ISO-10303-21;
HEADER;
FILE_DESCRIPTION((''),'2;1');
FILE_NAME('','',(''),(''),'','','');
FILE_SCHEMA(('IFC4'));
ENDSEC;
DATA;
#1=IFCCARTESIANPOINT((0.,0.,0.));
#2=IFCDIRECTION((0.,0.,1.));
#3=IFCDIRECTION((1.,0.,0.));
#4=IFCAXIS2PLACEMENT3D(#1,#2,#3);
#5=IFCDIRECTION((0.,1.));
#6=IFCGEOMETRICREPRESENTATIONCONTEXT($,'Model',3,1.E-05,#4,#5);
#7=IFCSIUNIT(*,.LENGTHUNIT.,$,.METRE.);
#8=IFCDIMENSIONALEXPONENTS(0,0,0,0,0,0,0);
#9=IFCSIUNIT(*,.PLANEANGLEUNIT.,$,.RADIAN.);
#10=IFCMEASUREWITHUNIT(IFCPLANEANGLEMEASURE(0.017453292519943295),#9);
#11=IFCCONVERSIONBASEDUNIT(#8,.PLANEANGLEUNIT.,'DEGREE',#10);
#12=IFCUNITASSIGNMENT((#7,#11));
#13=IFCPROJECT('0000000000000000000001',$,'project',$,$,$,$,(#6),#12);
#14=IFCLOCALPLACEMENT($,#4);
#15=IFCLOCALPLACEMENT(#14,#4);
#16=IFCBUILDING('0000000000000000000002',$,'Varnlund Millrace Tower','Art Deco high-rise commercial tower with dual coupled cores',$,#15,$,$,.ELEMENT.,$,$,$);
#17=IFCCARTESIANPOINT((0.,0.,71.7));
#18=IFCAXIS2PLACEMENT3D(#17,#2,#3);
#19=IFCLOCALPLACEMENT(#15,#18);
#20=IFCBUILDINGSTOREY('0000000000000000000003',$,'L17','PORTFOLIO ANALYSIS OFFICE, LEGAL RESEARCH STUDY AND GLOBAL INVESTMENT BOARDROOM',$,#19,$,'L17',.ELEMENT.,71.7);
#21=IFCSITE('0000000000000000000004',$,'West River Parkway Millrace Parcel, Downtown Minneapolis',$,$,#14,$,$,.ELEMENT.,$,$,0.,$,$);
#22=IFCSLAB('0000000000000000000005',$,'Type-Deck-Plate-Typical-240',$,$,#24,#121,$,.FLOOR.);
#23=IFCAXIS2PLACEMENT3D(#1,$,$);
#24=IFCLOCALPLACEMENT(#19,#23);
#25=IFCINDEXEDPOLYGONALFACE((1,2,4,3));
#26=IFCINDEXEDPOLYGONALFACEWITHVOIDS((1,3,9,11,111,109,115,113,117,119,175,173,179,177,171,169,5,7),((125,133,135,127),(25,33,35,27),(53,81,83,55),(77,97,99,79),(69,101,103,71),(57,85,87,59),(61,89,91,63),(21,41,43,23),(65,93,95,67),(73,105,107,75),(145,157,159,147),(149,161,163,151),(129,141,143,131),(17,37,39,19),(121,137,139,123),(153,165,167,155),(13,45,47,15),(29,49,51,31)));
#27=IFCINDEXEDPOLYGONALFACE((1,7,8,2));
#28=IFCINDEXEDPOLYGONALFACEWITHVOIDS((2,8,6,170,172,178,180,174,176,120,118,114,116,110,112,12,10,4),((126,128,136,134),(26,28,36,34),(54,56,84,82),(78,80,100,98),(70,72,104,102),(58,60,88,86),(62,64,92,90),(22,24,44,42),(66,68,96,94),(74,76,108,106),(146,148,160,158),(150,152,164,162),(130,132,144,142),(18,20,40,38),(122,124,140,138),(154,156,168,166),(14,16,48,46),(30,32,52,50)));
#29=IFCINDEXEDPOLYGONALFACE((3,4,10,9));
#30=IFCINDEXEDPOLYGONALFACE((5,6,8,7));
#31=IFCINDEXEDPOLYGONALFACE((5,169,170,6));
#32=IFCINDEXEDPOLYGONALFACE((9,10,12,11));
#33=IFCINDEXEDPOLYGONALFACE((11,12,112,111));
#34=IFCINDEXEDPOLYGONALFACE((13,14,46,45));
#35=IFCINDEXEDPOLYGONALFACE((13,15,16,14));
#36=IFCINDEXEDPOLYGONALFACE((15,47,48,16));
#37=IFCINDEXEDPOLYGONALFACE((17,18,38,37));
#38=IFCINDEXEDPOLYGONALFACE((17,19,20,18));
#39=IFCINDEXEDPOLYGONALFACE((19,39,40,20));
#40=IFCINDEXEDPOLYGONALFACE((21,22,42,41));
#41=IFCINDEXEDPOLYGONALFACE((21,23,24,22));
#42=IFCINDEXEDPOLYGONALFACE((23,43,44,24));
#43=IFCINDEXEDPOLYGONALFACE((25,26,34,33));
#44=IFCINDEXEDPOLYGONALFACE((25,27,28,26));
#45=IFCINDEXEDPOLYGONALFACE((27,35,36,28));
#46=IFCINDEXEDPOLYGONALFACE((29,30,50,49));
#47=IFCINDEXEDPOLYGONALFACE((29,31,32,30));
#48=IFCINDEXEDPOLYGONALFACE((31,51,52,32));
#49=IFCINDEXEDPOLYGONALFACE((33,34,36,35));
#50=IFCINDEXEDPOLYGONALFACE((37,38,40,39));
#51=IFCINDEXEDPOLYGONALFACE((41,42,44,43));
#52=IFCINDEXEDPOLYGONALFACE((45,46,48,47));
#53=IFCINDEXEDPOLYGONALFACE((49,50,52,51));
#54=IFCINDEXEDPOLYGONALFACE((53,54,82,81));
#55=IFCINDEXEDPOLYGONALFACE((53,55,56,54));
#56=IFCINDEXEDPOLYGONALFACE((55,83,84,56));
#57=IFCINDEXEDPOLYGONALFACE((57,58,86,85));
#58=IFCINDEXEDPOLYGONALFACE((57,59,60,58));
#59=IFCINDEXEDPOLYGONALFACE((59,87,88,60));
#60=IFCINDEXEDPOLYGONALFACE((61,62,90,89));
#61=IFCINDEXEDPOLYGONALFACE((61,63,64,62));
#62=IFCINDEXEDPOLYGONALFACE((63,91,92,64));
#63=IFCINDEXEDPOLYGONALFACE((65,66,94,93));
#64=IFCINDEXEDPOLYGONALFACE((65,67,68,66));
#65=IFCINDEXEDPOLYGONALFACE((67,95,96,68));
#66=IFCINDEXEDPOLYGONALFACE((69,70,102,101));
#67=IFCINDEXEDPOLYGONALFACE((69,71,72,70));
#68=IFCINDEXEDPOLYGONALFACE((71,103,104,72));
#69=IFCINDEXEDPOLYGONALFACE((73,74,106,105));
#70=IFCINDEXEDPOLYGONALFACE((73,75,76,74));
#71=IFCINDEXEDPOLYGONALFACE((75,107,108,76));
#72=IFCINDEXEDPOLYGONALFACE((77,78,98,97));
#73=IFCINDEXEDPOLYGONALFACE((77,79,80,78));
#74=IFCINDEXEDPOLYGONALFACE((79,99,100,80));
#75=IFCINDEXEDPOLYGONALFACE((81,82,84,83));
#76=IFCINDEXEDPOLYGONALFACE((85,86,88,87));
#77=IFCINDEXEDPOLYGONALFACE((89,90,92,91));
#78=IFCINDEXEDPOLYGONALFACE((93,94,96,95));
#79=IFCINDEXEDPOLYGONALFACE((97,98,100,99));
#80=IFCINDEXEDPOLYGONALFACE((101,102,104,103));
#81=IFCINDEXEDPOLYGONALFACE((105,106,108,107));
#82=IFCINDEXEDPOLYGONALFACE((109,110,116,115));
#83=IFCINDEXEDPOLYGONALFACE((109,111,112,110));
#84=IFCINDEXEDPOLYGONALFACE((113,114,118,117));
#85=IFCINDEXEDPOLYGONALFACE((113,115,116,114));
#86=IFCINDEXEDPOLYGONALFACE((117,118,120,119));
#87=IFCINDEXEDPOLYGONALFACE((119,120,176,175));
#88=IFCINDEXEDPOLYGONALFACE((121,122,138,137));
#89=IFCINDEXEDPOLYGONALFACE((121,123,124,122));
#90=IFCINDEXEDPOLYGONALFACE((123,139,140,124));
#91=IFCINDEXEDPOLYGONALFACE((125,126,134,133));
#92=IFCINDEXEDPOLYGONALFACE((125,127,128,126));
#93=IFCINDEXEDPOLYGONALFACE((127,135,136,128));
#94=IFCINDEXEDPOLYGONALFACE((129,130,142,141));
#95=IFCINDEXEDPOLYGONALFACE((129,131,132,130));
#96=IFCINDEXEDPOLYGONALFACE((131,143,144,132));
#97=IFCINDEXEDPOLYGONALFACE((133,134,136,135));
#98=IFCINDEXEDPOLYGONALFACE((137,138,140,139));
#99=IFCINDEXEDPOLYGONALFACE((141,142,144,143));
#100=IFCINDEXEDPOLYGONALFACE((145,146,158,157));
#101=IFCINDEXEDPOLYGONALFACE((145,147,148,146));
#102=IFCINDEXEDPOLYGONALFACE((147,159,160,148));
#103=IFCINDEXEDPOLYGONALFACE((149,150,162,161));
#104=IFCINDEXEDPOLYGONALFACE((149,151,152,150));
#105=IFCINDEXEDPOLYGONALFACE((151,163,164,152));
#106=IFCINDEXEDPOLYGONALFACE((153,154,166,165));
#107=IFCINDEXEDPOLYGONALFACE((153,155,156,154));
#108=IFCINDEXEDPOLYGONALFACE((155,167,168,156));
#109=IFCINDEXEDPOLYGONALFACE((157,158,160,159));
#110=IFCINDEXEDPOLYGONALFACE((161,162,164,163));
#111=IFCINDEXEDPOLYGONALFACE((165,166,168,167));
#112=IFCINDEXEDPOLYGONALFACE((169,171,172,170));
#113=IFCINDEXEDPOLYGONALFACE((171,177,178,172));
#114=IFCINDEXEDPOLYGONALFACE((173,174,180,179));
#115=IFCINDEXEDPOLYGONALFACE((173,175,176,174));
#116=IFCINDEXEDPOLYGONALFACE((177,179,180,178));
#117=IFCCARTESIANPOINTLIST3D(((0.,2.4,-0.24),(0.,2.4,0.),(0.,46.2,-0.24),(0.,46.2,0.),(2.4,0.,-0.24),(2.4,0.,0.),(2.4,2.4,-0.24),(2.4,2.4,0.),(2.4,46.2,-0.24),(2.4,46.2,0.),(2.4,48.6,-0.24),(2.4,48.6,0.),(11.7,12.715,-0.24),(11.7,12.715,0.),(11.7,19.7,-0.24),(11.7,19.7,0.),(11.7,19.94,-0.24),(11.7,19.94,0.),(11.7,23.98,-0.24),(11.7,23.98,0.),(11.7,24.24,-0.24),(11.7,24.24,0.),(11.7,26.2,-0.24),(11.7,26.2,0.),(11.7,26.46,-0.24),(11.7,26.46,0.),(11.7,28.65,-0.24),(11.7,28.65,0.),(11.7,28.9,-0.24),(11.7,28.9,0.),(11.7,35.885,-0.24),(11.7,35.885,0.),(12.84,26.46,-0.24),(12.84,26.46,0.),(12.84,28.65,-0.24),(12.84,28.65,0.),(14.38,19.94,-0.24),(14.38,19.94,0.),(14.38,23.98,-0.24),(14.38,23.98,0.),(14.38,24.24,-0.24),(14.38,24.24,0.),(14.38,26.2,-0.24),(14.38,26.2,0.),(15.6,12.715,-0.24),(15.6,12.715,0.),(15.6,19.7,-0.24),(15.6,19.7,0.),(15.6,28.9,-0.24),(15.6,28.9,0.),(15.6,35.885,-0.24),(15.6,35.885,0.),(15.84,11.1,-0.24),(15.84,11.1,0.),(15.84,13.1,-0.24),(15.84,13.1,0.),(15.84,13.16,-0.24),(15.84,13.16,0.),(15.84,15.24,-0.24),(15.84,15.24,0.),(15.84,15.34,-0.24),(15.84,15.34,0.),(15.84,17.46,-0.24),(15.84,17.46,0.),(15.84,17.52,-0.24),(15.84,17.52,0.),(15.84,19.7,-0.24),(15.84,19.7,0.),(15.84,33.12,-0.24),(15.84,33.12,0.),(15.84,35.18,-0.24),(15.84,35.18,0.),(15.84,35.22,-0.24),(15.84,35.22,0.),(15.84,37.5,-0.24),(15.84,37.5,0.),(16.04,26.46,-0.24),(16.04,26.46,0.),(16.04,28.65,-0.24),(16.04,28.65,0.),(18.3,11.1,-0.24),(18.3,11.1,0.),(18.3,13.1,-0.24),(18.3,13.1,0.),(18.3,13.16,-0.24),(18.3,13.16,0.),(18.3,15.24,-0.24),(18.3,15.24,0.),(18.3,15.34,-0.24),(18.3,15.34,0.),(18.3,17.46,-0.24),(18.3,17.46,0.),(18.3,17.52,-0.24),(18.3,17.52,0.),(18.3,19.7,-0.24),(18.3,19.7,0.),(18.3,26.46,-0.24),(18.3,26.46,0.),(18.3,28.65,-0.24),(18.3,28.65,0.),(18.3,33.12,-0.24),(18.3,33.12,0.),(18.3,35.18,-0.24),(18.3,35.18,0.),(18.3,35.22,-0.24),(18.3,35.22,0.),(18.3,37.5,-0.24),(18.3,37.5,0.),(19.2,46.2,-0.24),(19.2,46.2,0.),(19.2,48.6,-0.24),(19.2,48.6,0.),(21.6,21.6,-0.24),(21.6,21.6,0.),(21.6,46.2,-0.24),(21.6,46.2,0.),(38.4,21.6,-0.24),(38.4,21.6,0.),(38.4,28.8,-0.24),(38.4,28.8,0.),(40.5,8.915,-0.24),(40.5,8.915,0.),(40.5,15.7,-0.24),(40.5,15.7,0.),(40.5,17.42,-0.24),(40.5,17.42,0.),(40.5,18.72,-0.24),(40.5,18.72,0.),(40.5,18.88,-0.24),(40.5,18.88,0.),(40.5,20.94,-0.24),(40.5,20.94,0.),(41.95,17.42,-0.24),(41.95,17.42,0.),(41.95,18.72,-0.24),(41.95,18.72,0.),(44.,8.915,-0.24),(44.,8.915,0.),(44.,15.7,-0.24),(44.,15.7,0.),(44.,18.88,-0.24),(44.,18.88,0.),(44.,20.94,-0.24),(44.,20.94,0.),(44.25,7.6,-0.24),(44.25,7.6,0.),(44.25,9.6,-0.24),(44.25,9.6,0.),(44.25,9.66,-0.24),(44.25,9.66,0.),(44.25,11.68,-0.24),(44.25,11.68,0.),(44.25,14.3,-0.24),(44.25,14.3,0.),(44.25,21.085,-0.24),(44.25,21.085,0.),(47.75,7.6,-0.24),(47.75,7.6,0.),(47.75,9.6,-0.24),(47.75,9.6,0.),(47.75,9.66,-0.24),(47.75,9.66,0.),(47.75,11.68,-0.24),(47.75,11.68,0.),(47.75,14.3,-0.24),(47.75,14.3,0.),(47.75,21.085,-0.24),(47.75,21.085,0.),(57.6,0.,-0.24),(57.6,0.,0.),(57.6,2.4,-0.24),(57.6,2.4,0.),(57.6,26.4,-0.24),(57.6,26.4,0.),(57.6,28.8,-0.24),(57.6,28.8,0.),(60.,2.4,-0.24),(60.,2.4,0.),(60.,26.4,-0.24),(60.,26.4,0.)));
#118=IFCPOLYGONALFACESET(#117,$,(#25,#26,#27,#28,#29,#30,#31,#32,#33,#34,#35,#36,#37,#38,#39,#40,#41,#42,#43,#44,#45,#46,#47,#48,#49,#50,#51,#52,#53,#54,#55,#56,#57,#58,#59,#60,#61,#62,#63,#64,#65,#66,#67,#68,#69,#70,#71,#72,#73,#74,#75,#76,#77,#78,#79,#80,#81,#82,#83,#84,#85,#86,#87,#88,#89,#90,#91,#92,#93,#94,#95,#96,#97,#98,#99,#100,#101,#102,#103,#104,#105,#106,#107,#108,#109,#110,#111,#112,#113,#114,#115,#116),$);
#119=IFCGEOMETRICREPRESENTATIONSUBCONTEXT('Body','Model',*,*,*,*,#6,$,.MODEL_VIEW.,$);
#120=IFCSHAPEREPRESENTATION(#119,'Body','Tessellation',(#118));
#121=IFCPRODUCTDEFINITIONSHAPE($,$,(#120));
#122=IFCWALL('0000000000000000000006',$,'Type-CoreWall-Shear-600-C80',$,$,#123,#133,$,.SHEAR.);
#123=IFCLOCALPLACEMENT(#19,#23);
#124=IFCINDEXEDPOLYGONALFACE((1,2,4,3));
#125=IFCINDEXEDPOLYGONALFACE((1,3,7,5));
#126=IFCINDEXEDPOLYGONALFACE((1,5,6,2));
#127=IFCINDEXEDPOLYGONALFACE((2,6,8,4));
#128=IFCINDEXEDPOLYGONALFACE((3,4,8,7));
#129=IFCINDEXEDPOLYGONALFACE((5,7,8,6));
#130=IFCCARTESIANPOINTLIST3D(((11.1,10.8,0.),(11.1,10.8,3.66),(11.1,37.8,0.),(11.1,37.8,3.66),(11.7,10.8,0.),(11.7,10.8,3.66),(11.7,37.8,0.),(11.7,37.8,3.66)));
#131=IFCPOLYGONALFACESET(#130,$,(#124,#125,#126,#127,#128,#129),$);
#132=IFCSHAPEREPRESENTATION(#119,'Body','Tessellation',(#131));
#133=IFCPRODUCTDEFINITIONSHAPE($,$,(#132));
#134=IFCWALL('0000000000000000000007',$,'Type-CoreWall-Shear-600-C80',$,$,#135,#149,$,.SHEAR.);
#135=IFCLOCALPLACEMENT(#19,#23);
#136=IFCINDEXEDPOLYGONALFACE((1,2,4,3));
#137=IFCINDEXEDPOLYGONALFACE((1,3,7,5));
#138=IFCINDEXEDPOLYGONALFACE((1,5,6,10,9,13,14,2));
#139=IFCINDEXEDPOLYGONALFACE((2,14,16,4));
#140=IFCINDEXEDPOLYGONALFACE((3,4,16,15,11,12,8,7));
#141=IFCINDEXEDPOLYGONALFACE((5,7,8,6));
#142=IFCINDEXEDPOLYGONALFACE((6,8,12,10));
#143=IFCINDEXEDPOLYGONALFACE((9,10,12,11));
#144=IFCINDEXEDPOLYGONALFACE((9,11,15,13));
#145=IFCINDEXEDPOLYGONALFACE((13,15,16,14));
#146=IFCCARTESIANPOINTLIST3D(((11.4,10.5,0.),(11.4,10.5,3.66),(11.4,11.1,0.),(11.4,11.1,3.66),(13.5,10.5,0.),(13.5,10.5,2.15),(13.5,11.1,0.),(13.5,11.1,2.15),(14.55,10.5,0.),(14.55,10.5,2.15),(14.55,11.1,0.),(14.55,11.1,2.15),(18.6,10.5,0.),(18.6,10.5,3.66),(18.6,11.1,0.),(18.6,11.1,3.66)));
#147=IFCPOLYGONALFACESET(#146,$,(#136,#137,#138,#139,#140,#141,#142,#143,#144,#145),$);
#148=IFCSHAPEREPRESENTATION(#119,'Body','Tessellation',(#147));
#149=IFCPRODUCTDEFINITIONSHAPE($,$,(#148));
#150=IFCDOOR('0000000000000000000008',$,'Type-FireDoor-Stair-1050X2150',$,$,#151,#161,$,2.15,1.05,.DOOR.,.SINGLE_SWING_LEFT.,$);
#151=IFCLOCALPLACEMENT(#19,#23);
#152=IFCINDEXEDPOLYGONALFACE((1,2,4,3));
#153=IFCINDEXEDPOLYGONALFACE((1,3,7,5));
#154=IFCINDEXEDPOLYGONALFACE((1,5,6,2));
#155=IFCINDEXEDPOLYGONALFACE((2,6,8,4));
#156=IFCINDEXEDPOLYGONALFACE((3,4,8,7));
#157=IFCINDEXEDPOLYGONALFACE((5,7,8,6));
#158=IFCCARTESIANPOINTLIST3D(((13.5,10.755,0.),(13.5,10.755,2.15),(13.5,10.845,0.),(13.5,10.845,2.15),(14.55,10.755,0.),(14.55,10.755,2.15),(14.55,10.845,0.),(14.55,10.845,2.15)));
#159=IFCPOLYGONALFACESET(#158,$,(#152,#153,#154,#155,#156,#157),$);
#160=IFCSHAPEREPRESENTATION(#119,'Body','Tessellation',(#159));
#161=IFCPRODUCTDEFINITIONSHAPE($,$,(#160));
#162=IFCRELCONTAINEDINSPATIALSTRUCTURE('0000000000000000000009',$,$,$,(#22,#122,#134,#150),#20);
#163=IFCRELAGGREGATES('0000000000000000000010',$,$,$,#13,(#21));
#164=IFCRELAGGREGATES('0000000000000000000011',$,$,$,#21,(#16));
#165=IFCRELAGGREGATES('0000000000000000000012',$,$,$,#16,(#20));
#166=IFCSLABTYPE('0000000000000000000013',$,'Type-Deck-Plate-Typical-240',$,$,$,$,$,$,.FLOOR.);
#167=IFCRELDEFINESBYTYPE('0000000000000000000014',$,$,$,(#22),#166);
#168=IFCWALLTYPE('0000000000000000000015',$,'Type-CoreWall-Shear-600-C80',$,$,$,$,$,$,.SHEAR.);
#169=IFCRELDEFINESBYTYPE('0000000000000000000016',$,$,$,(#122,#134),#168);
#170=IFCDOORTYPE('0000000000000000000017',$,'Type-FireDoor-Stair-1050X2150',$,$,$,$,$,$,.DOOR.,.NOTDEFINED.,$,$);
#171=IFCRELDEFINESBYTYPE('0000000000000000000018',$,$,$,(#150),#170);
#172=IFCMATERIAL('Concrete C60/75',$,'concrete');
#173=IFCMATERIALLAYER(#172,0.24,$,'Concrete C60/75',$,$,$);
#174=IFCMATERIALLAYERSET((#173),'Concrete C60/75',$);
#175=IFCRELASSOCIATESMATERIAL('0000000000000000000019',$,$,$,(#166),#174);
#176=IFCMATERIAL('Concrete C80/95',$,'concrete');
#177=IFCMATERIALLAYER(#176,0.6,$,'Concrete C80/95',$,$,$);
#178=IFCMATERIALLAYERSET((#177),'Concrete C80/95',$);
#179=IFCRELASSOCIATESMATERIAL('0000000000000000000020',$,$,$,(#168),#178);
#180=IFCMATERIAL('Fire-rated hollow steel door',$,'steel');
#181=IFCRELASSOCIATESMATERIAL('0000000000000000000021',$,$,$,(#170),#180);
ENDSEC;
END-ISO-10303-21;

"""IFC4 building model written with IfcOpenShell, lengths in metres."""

from ifc_helpers import new_model, entity, si_unit, converted_unit, direction, frame, origin_with_axes, origin_2d_with_axis, place, context, subcontext, project, spatial, polyline, rectangle, outline, extrude, material, layer, layer_set, type_object, element, fill, save


model = new_model("IFC4")

# Units and contexts
model_context = context("Model", 3, precision=1e-05, world=origin_with_axes(), true_north=direction((0.0, 1.0)))
body_context = subcontext(model_context, "Body", "Model", "MODEL_VIEW")
ifc_project = project(units=[si_unit("LENGTHUNIT", "METRE"), converted_unit("PLANEANGLEUNIT", "DEGREE", entity("IfcPlaneAngleMeasure", 0.017453292519943295), si_unit("PLANEANGLEUNIT", "RADIAN"), dimensions=[0, 0, 0, 0, 0, 0, 0])], contexts=[model_context])

# Site, building, storey
site_placement = place(None, origin_with_axes())
site = spatial("IfcSite", under=ifc_project, at=site_placement, Name="West River Parkway Millrace Parcel, Downtown Minneapolis", CompositionType="ELEMENT", RefElevation=0.0)
building_placement = place(site_placement, origin_with_axes())
building = spatial("IfcBuilding", under=site, at=building_placement, Name="Varnlund Millrace Tower", Description="Art Deco high-rise commercial tower with dual coupled cores", CompositionType="ELEMENT")
storey_placement = place(building_placement, frame((0.0, 0.0, 71.7), z_axis=(0.0, 0.0, 1.0), x_axis=(1.0, 0.0, 0.0)))
storey = spatial("IfcBuildingStorey", under=building, at=storey_placement, Name="L17", Description="PORTFOLIO ANALYSIS OFFICE, LEGAL RESEARCH STUDY AND GLOBAL INVESTMENT BOARDROOM", LongName="L17", CompositionType="ELEMENT", Elevation=71.7)

# Slab
ifc_material_1 = material(Name="Concrete C60/75", Category="concrete")
ifc_layer_1 = layer(ifc_material_1, 0.24, Name="Concrete C60/75")
ifc_layer_set_1 = layer_set([ifc_layer_1], Name="Concrete C60/75")
slab_type = type_object("IfcSlabType", Name="Type-Deck-Plate-Typical-240", PredefinedType="FLOOR", material=ifc_layer_set_1)
slab_placement = place(storey_placement, frame((0.0, 0.0, -0.24), z_axis=(0.0, 0.0, 1.0), x_axis=(1.0, 0.0, 0.0)))
element("IfcSlab", 1, at=slab_placement, inside=storey, type_object=slab_type, Name="Type-Deck-Plate-Typical-240", PredefinedType="FLOOR", context=body_context, shape_type="SweptSolid", body=[
    extrude(outline(polyline([(21.6, 21.6), (21.6, 46.2), (19.2, 46.2), (19.2, 48.6), (2.4, 48.6), (2.4, 46.2), (0.0, 46.2), (0.0, 2.4), (2.4, 2.4), (2.4, 0.0), (57.6, 0.0), (57.6, 2.4), (60.0, 2.4), (60.0, 26.4), (57.6, 26.4), (57.6, 28.8), (38.4, 28.8), (38.4, 21.6), (21.6, 21.6)]), holes=[polyline([(18.3, 11.1), (15.84, 11.1), (15.84, 13.1), (18.3, 13.1), (18.3, 11.1)]), polyline([(18.3, 13.16), (15.84, 13.16), (15.84, 15.24), (18.3, 15.24), (18.3, 13.16)]), polyline([(15.6, 12.715), (11.7, 12.715), (11.7, 19.7), (15.6, 19.7), (15.6, 12.715)]), polyline([(18.3, 15.34), (15.84, 15.34), (15.84, 17.46), (18.3, 17.46), (18.3, 15.34)]), polyline([(18.3, 17.52), (15.84, 17.52), (15.84, 19.7), (18.3, 19.7), (18.3, 17.52)]), polyline([(14.38, 23.98), (14.38, 19.94), (11.7, 19.94), (11.7, 23.98), (14.38, 23.98)]), polyline([(11.7, 24.24), (11.7, 26.2), (14.38, 26.2), (14.38, 24.24), (11.7, 24.24)]), polyline([(11.7, 26.46), (11.7, 28.65), (12.84, 28.65), (12.84, 26.46), (11.7, 26.46)]), polyline([(15.6, 28.9), (11.7, 28.9), (11.7, 35.885), (15.6, 35.885), (15.6, 28.9)]), polyline([(47.75, 7.6), (44.25, 7.6), (44.25, 9.6), (47.75, 9.6), (47.75, 7.6)]), polyline([(47.75, 9.66), (44.25, 9.66), (44.25, 11.68), (47.75, 11.68), (47.75, 9.66)]), polyline([(40.5, 8.915), (40.5, 15.7), (44.0, 15.7), (44.0, 8.915), (40.5, 8.915)]), polyline([(44.25, 14.3), (44.25, 21.085), (47.75, 21.085), (47.75, 14.3), (44.25, 14.3)]), polyline([(41.95, 17.42), (40.5, 17.42), (40.5, 18.72), (41.95, 18.72), (41.95, 17.42)]), polyline([(44.0, 18.88), (40.5, 18.88), (40.5, 20.94), (44.0, 20.94), (44.0, 18.88)]), polyline([(18.3, 26.46), (16.04, 26.46), (16.04, 28.65), (18.3, 28.65), (18.3, 26.46)]), polyline([(15.84, 33.12), (15.84, 35.18), (18.3, 35.18), (18.3, 33.12), (15.84, 33.12)]), polyline([(15.84, 35.22), (15.84, 37.5), (18.3, 37.5), (18.3, 35.22), (15.84, 35.22)])]), origin_with_axes(), (0.0, 0.0, 1.0), 0.24),
])

# Wall
ifc_material_2 = material(Name="Concrete C80/95", Category="concrete")
ifc_layer_2 = layer(ifc_material_2, 0.6, Name="Concrete C80/95")
ifc_layer_set_2 = layer_set([ifc_layer_2], Name="Concrete C80/95")
wall_type_1 = type_object("IfcWallType", Name="Type-CoreWall-Shear-600-C80", PredefinedType="SHEAR", material=ifc_layer_set_2)
wall_1_placement = place(storey_placement, frame((11.4, 10.8, 0.0), z_axis=(0.0, 0.0, 1.0), x_axis=(0.0, 1.0, 0.0)))
element("IfcWall", 2, at=wall_1_placement, inside=storey, type_object=wall_type_1, Name="Type-CoreWall-Shear-600-C80", PredefinedType="SHEAR", context=body_context, shape_type="SweptSolid", body=[
    extrude(outline(polyline([(0.0, -0.3), (27.0, -0.3), (27.0, 0.3), (0.0, 0.3), (0.0, -0.3)])), origin_with_axes(), (0.0, 0.0, 1.0), 3.66),
])

# Wall, opening, door
wall_2_placement = place(storey_placement, frame((11.4, 10.8, 0.0), z_axis=(0.0, 0.0, 1.0), x_axis=(1.0, 0.0, 0.0)))
wall_2 = element("IfcWall", 3, at=wall_2_placement, inside=storey, type_object=wall_type_1, Name="Type-CoreWall-Shear-600-C80", PredefinedType="SHEAR", context=body_context, shape_type="SweptSolid", body=[
    extrude(outline(polyline([(0.0, -0.3), (7.2, -0.3), (7.2, 0.3), (0.0, 0.3), (0.0, -0.3)])), origin_with_axes(), (0.0, 0.0, 1.0), 3.66),
])
opening_1_placement = place(wall_2_placement, frame((2.625, 0.0, 0.0), z_axis=(0.0, 0.0, 1.0), x_axis=(1.0, 0.0, 0.0)))
opening_1 = element("IfcOpeningElement", 4, at=opening_1_placement, cuts=wall_2, PredefinedType="OPENING", context=body_context, shape_type="SweptSolid", body=[
    extrude(rectangle(XDim=1.05, YDim=0.62, at=origin_2d_with_axis()), origin_with_axes(), (0.0, 0.0, 1.0), 2.15),
])
ifc_material_3 = material(Name="Fire-rated hollow steel door", Category="steel")
door_type_1 = type_object("IfcDoorType", Name="Type-FireDoor-Stair-1050X2150", OperationType="NOTDEFINED", PredefinedType="DOOR", material=ifc_material_3)
door_1_placement = place(wall_2_placement, frame((2.625, 0.0, 0.0), z_axis=(0.0, 0.0, 1.0), x_axis=(1.0, 0.0, 0.0)))
door_1 = element("IfcDoor", 5, at=door_1_placement, inside=storey, type_object=door_type_1, Name="Type-FireDoor-Stair-1050X2150", OperationType="SINGLE_SWING_LEFT", OverallHeight=2.15, OverallWidth=1.05, PredefinedType="DOOR", context=body_context, shape_type="SweptSolid", body=[
    extrude(rectangle(XDim=1.05, YDim=0.09, at=origin_2d_with_axis()), origin_with_axes(), (0.0, 0.0, 1.0), 2.15),
])
fill(opening_1, door_1)

save(model, "model.ifc")
